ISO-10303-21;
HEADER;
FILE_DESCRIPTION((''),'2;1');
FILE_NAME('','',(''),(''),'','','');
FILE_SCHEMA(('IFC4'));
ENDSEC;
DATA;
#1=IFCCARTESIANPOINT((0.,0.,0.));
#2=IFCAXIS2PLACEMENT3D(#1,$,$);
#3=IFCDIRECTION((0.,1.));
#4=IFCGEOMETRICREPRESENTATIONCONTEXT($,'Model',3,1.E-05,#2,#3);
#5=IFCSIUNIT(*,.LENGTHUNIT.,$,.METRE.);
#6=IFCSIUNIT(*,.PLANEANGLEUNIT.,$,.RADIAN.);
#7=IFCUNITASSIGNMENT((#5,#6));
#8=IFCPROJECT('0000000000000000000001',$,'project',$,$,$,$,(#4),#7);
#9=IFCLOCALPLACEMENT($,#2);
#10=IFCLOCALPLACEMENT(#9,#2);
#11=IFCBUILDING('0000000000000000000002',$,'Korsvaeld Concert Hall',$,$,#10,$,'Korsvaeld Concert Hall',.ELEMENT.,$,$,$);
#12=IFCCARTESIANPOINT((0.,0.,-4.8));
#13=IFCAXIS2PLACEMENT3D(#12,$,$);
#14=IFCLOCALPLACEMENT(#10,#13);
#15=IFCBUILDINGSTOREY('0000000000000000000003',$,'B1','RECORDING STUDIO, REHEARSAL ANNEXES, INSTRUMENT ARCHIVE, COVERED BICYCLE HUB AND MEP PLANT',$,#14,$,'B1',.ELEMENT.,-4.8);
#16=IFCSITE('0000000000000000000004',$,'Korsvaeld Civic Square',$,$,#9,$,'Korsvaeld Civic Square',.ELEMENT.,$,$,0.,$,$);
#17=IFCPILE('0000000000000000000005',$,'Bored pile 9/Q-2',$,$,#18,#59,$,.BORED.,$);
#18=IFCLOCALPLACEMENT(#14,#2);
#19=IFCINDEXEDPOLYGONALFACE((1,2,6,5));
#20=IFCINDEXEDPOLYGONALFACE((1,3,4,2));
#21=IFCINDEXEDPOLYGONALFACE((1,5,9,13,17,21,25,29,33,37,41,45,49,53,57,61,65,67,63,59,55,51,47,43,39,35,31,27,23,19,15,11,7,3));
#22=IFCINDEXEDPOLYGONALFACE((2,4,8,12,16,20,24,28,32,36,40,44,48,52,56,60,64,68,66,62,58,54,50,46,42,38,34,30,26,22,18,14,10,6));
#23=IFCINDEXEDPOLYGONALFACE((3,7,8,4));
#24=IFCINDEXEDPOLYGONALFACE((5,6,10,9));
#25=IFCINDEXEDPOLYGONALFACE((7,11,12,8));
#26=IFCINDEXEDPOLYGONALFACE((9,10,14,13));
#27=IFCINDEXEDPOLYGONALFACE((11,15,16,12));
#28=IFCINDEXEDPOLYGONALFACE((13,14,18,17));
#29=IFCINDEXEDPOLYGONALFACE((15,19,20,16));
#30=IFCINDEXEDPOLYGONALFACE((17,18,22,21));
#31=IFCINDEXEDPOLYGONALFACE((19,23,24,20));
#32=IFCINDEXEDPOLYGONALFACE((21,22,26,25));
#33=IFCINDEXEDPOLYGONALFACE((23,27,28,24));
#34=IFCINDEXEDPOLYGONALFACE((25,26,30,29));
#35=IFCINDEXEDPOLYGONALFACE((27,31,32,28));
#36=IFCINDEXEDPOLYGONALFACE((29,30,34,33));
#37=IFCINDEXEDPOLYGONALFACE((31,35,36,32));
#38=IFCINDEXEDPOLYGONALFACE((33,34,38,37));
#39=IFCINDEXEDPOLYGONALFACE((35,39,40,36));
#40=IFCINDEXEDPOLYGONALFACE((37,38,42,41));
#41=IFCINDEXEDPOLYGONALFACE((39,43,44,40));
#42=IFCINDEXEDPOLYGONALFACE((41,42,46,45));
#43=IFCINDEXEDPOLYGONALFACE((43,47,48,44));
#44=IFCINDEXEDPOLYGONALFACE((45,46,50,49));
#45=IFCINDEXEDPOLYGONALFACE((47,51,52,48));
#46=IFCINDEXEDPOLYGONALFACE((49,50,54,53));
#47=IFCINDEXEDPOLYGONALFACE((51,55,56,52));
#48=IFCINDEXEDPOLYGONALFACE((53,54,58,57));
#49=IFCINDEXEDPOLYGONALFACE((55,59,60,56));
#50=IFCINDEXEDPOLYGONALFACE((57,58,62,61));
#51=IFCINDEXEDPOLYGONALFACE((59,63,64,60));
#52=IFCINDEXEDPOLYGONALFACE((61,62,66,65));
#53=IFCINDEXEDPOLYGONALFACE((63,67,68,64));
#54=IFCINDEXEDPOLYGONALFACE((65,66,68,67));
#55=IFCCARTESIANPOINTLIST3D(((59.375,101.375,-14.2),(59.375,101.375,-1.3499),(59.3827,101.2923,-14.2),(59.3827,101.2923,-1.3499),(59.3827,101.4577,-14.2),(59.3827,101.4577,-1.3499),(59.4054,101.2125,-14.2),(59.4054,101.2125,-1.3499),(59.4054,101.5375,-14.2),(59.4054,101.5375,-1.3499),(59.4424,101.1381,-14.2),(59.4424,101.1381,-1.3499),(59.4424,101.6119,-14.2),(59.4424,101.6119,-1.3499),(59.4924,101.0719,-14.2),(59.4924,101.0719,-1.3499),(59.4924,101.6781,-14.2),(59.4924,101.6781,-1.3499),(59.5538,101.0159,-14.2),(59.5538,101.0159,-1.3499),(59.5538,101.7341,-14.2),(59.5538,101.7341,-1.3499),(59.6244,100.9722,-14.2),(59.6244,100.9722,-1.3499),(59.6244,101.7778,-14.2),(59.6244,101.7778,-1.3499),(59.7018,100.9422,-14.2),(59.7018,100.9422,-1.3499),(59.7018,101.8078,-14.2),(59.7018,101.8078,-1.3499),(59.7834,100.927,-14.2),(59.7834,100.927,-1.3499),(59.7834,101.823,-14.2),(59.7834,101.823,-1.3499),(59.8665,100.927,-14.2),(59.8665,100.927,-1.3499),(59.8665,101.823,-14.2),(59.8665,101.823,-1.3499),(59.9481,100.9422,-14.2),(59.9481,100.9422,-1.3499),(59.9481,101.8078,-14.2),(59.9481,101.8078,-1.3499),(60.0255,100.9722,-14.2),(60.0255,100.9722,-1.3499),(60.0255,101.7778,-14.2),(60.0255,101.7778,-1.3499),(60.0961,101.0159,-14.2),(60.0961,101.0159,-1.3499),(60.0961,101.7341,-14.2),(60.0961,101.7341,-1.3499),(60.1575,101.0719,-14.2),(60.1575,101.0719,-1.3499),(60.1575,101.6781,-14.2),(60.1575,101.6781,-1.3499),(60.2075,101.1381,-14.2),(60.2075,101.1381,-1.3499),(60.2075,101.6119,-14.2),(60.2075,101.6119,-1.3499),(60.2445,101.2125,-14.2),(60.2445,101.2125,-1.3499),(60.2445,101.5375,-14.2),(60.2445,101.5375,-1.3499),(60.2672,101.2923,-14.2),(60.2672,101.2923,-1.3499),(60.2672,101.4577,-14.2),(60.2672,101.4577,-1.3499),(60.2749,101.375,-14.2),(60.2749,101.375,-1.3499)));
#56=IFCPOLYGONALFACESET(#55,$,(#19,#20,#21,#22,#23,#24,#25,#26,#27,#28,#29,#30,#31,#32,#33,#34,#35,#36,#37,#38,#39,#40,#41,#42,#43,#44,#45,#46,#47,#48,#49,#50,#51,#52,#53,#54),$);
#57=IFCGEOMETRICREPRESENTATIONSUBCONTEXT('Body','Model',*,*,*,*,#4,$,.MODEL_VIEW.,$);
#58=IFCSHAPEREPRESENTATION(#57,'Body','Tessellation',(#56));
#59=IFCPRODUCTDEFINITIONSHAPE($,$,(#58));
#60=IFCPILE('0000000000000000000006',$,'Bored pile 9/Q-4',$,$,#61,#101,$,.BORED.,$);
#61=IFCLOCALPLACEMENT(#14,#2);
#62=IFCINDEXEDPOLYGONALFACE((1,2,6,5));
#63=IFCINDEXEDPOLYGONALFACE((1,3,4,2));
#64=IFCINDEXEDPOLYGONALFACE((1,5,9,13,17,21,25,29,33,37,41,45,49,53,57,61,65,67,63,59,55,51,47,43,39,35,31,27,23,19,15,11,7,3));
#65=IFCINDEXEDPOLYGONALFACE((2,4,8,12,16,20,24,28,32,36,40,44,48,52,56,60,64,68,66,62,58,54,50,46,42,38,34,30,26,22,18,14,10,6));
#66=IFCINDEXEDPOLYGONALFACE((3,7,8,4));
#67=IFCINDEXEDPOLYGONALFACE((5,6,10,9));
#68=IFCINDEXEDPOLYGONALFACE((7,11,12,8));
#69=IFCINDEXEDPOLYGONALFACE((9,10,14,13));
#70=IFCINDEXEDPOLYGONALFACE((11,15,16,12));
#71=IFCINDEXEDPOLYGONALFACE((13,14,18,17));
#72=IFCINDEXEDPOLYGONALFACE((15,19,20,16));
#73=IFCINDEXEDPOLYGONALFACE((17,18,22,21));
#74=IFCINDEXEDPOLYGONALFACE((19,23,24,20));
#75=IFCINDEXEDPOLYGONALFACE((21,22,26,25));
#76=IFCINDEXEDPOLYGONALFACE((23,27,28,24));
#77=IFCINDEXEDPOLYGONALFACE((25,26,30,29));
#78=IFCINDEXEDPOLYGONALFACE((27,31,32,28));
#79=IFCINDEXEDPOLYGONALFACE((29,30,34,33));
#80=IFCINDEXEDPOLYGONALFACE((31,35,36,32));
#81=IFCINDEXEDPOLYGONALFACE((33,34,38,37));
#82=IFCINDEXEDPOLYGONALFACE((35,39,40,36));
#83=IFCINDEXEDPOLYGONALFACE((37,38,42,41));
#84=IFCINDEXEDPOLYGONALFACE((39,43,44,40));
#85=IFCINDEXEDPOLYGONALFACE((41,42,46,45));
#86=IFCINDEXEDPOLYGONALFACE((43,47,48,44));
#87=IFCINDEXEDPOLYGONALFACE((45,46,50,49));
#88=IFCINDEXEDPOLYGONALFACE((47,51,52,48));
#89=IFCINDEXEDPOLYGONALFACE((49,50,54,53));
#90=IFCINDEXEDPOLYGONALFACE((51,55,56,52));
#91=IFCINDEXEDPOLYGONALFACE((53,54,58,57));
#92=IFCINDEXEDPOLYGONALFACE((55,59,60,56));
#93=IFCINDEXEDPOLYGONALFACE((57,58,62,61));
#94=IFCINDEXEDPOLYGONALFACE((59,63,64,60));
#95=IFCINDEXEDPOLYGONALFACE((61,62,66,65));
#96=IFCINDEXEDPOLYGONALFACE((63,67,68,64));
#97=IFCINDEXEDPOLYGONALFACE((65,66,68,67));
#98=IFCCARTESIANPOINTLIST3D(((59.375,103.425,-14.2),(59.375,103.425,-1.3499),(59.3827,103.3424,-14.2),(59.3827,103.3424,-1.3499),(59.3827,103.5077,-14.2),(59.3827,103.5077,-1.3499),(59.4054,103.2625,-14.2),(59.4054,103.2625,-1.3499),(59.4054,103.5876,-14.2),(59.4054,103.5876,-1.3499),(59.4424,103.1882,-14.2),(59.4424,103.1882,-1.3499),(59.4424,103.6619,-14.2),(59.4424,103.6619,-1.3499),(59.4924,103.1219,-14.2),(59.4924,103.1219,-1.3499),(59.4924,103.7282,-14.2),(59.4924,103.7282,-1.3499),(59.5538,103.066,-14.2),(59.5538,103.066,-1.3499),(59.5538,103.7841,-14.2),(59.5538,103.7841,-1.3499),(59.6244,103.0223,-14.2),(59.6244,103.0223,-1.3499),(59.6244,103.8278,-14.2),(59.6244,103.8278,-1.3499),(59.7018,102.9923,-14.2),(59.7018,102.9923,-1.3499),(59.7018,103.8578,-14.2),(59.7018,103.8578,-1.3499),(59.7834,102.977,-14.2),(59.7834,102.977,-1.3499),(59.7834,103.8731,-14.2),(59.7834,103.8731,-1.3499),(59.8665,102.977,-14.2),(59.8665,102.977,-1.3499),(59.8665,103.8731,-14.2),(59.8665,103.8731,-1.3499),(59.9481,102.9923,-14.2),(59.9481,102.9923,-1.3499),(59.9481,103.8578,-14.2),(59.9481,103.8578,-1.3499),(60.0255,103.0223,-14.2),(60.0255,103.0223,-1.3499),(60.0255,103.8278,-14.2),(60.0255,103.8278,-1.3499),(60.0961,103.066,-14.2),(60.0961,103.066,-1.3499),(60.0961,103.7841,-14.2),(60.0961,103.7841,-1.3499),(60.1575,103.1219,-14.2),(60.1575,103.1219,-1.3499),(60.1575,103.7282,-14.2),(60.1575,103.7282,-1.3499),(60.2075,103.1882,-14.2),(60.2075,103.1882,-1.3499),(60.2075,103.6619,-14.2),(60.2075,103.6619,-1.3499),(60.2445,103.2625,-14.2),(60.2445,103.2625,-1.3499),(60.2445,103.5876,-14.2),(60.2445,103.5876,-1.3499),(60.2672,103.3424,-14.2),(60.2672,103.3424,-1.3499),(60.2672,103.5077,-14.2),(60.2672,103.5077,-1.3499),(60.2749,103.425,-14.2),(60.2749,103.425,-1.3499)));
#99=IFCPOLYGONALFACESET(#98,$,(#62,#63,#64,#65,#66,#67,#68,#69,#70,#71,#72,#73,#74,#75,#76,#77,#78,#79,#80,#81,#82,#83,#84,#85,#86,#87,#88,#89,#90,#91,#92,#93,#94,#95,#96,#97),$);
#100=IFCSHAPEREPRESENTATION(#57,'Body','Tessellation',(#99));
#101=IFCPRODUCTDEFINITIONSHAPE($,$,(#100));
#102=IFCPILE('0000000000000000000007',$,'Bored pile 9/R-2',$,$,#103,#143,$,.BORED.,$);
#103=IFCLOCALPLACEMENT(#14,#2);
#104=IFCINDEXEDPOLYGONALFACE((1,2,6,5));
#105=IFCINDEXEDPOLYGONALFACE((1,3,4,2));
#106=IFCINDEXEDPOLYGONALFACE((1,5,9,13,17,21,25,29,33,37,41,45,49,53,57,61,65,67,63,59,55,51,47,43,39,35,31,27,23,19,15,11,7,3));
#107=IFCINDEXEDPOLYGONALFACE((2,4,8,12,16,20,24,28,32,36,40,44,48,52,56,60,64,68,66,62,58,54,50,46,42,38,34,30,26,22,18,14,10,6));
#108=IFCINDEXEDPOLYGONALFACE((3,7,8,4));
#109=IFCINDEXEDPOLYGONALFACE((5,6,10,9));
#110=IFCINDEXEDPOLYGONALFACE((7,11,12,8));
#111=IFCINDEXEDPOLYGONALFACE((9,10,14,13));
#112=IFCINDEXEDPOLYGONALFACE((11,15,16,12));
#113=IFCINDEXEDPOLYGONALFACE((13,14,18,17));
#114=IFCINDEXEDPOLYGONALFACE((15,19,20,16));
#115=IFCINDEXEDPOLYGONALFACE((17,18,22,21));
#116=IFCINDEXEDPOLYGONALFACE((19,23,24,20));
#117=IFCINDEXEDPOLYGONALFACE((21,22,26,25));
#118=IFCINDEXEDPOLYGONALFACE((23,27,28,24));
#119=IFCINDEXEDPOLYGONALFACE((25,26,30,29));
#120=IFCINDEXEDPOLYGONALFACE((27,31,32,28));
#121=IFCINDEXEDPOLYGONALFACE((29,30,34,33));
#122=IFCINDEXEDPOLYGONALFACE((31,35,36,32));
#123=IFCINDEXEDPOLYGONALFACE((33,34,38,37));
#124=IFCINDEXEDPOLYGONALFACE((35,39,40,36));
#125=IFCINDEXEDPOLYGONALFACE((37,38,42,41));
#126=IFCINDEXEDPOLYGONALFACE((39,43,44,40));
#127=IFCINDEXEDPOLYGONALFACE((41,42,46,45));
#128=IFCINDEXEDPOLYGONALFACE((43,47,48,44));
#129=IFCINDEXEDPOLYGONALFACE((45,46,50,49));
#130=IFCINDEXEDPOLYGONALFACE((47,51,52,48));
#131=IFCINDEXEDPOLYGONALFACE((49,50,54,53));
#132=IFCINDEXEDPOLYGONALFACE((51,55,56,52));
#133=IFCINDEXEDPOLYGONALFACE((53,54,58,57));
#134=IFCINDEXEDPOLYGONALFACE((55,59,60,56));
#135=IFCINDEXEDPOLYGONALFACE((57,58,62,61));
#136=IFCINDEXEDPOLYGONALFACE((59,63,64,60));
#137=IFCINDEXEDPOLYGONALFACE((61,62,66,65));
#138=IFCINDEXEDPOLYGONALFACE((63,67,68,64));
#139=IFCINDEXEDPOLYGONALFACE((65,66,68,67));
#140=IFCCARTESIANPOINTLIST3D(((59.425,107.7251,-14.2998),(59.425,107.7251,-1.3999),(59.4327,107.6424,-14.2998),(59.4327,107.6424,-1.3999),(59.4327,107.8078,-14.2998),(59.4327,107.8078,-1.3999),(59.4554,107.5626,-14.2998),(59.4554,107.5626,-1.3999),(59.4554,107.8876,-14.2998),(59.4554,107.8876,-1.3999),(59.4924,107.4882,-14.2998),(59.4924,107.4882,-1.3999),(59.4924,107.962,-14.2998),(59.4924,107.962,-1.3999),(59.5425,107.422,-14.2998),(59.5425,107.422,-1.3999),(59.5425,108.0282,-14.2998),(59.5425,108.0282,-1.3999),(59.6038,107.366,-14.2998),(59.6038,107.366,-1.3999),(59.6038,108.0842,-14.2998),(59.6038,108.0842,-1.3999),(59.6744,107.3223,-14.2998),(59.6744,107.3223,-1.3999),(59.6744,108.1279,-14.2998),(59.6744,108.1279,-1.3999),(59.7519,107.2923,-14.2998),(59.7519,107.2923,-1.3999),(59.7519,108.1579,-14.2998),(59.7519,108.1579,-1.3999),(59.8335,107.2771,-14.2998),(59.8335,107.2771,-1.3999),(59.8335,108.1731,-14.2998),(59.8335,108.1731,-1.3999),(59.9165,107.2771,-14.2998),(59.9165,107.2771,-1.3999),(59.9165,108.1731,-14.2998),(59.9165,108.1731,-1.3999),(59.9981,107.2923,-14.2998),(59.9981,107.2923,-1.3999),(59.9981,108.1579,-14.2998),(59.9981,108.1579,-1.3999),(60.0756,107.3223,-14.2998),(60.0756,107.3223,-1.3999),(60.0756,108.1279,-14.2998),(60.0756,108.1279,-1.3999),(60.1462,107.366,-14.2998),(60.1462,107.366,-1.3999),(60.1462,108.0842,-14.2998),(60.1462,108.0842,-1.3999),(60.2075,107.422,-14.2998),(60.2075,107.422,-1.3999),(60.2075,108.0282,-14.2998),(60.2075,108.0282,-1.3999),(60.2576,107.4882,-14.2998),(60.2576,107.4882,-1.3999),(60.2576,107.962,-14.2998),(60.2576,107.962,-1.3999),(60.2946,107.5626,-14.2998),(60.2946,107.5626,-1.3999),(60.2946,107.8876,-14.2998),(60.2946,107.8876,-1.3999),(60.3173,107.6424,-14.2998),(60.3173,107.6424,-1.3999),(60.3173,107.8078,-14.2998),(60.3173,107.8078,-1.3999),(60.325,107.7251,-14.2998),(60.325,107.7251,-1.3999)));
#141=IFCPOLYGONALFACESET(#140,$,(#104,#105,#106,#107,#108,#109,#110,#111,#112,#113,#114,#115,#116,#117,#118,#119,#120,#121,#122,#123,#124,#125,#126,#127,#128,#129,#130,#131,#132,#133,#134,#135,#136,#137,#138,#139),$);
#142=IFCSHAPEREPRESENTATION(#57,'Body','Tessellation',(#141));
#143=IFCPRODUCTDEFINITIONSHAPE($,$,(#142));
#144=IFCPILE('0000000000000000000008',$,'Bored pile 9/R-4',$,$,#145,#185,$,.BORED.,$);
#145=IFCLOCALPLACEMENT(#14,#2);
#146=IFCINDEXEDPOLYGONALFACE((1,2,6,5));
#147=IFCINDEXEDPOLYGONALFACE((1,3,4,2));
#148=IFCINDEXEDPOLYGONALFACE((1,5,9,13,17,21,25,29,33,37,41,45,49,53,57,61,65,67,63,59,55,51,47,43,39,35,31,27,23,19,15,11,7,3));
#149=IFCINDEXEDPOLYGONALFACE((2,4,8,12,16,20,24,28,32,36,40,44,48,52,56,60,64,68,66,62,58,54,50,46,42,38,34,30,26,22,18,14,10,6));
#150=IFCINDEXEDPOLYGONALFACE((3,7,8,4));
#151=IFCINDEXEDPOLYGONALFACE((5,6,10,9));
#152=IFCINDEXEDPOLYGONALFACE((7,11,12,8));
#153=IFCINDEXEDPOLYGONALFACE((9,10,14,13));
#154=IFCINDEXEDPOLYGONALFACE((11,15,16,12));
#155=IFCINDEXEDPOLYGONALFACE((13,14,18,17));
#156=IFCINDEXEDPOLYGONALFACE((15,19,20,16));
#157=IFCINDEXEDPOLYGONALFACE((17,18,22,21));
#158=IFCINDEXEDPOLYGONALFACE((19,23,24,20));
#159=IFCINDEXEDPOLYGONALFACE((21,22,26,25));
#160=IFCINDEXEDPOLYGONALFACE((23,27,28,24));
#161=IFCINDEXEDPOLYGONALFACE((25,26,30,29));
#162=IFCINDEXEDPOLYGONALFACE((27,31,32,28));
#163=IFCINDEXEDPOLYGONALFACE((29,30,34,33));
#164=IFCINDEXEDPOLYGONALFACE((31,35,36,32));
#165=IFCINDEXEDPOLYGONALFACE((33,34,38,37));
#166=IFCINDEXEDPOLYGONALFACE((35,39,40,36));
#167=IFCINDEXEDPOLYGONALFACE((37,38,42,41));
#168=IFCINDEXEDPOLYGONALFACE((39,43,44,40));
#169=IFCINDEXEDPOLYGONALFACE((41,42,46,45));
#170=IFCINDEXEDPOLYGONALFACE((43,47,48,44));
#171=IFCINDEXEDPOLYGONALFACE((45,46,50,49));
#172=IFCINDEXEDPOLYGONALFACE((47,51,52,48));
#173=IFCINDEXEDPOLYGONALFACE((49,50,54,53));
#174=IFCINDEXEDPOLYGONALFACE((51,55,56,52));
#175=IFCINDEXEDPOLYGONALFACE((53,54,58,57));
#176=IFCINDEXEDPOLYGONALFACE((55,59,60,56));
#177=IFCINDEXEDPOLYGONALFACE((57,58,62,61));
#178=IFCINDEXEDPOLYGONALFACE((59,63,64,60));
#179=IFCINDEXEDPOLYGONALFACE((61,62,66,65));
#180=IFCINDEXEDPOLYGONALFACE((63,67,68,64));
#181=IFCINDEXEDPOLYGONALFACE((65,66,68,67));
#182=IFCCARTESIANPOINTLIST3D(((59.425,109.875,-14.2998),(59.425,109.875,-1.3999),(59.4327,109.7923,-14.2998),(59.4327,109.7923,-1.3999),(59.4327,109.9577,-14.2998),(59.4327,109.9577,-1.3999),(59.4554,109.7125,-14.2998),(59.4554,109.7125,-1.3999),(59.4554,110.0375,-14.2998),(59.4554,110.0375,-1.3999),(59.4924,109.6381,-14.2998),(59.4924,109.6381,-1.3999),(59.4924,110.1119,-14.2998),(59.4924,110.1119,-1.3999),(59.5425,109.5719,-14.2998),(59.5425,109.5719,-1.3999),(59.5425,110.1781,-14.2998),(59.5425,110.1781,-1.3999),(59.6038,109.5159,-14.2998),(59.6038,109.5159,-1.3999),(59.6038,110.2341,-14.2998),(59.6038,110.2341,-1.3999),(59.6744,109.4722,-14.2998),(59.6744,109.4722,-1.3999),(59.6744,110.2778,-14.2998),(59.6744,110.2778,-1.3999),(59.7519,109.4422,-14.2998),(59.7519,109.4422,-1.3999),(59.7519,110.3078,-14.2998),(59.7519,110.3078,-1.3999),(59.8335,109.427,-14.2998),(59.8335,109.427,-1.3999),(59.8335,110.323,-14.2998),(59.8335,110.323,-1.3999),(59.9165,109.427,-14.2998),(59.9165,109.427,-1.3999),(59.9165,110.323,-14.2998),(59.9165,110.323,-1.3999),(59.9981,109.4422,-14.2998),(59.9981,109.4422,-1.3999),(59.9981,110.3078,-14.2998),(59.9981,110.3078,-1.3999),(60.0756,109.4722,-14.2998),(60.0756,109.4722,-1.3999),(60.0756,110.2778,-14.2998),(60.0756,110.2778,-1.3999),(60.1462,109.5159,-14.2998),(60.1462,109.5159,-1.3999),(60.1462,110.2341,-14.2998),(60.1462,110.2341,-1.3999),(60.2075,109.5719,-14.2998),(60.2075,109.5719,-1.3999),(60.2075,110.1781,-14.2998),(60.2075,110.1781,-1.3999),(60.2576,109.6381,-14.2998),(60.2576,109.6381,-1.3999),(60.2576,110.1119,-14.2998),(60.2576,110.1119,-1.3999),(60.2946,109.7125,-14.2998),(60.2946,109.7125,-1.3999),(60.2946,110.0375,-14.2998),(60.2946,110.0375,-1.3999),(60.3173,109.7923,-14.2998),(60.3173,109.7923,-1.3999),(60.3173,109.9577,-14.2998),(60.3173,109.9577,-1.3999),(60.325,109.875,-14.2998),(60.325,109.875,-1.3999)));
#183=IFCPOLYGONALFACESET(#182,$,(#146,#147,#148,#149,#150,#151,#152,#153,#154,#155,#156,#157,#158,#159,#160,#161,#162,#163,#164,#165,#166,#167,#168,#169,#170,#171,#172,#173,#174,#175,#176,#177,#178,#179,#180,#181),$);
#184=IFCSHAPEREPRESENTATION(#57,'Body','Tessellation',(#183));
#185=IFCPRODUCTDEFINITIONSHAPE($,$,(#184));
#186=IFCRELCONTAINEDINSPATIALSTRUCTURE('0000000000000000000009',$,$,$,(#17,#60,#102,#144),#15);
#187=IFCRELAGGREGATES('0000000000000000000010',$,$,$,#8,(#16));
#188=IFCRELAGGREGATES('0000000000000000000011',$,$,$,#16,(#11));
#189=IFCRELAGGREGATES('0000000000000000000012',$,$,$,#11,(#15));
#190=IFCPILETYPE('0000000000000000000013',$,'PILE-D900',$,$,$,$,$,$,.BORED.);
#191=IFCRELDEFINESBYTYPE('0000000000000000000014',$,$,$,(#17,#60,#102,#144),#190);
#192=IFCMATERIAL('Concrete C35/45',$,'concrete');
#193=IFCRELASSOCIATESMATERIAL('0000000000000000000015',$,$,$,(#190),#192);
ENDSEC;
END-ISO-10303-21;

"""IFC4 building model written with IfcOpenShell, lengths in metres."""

from ifc_helpers import new_model, si_unit, direction, frame, origin, origin_2d, place, context, subcontext, project, spatial, circle, extrude, material, material_profile, profile_set, type_object, element, save


model = new_model("IFC4")

# Units and contexts
model_context = context("Model", 3, precision=1e-05, world=origin(), true_north=direction((0.0, 1.0)))
body_context = subcontext(model_context, "Body", "Model", "MODEL_VIEW")
ifc_project = project(units=[si_unit("LENGTHUNIT", "METRE"), si_unit("PLANEANGLEUNIT", "RADIAN")], contexts=[model_context])

# Site, building, storey
site_placement = place(None, origin())
site = spatial("IfcSite", under=ifc_project, at=site_placement, Name="Korsvaeld Civic Square", LongName="Korsvaeld Civic Square", CompositionType="ELEMENT", RefElevation=0.0)
building_placement = place(site_placement, origin())
building = spatial("IfcBuilding", under=site, at=building_placement, Name="Korsvaeld Concert Hall", LongName="Korsvaeld Concert Hall", CompositionType="ELEMENT")
storey_placement = place(building_placement, frame((0.0, 0.0, -4.8)))
storey = spatial("IfcBuildingStorey", under=building, at=storey_placement, Name="B1", Description="RECORDING STUDIO, REHEARSAL ANNEXES, INSTRUMENT ARCHIVE, COVERED BICYCLE HUB AND MEP PLANT", LongName="B1", CompositionType="ELEMENT", Elevation=-4.8)

# Shared definitions
ifc_material_1 = material(Name="Concrete C35/45", Category="concrete")

# Piles
ifc_material_profile_1 = material_profile(ifc_material_1, circle(Radius=0.45, at=origin_2d()), Name="BORED PILE D900")
ifc_profile_set_1 = profile_set([ifc_material_profile_1], Name="Concrete C35/45")
pile_type = type_object("IfcPileType", Name="PILE-D900", PredefinedType="BORED", material=ifc_profile_set_1)
for number, where, z_axis, x_axis, name in (
    (1, (59.825, 101.375, -1.3499), (0.0, 0.0, -1.0), (1.0, 0.0, 0.0), "Bored pile 9/Q-2"),
    (2, (59.825, 103.425, -1.3499), (0.0, 0.0, -1.0), (1.0, 0.0, 0.0), "Bored pile 9/Q-4"),
):
    element("IfcPile", number, at=place(storey_placement, frame(where, z_axis=z_axis, x_axis=x_axis)), inside=storey, type_object=pile_type, Name=name, PredefinedType="BORED", context=body_context, shape_type="SweptSolid", body=[
        extrude(circle(Radius=0.45, at=origin_2d()), origin(), (0.0, 0.0, 1.0), 12.8501),
    ])
for number, where, z_axis, x_axis, name in (
    (3, (59.875, 107.7251, -1.3999), (0.0, 0.0, -1.0), (1.0, 0.0, 0.0), "Bored pile 9/R-2"),
    (4, (59.875, 109.875, -1.3999), (0.0, 0.0, -1.0), (1.0, 0.0, 0.0), "Bored pile 9/R-4"),
):
    element("IfcPile", number, at=place(storey_placement, frame(where, z_axis=z_axis, x_axis=x_axis)), inside=storey, type_object=pile_type, Name=name, PredefinedType="BORED", context=body_context, shape_type="SweptSolid", body=[
        extrude(circle(Radius=0.45, at=origin_2d()), origin(), (0.0, 0.0, 1.0), 12.8999),
    ])

save(model, "model.ifc")
